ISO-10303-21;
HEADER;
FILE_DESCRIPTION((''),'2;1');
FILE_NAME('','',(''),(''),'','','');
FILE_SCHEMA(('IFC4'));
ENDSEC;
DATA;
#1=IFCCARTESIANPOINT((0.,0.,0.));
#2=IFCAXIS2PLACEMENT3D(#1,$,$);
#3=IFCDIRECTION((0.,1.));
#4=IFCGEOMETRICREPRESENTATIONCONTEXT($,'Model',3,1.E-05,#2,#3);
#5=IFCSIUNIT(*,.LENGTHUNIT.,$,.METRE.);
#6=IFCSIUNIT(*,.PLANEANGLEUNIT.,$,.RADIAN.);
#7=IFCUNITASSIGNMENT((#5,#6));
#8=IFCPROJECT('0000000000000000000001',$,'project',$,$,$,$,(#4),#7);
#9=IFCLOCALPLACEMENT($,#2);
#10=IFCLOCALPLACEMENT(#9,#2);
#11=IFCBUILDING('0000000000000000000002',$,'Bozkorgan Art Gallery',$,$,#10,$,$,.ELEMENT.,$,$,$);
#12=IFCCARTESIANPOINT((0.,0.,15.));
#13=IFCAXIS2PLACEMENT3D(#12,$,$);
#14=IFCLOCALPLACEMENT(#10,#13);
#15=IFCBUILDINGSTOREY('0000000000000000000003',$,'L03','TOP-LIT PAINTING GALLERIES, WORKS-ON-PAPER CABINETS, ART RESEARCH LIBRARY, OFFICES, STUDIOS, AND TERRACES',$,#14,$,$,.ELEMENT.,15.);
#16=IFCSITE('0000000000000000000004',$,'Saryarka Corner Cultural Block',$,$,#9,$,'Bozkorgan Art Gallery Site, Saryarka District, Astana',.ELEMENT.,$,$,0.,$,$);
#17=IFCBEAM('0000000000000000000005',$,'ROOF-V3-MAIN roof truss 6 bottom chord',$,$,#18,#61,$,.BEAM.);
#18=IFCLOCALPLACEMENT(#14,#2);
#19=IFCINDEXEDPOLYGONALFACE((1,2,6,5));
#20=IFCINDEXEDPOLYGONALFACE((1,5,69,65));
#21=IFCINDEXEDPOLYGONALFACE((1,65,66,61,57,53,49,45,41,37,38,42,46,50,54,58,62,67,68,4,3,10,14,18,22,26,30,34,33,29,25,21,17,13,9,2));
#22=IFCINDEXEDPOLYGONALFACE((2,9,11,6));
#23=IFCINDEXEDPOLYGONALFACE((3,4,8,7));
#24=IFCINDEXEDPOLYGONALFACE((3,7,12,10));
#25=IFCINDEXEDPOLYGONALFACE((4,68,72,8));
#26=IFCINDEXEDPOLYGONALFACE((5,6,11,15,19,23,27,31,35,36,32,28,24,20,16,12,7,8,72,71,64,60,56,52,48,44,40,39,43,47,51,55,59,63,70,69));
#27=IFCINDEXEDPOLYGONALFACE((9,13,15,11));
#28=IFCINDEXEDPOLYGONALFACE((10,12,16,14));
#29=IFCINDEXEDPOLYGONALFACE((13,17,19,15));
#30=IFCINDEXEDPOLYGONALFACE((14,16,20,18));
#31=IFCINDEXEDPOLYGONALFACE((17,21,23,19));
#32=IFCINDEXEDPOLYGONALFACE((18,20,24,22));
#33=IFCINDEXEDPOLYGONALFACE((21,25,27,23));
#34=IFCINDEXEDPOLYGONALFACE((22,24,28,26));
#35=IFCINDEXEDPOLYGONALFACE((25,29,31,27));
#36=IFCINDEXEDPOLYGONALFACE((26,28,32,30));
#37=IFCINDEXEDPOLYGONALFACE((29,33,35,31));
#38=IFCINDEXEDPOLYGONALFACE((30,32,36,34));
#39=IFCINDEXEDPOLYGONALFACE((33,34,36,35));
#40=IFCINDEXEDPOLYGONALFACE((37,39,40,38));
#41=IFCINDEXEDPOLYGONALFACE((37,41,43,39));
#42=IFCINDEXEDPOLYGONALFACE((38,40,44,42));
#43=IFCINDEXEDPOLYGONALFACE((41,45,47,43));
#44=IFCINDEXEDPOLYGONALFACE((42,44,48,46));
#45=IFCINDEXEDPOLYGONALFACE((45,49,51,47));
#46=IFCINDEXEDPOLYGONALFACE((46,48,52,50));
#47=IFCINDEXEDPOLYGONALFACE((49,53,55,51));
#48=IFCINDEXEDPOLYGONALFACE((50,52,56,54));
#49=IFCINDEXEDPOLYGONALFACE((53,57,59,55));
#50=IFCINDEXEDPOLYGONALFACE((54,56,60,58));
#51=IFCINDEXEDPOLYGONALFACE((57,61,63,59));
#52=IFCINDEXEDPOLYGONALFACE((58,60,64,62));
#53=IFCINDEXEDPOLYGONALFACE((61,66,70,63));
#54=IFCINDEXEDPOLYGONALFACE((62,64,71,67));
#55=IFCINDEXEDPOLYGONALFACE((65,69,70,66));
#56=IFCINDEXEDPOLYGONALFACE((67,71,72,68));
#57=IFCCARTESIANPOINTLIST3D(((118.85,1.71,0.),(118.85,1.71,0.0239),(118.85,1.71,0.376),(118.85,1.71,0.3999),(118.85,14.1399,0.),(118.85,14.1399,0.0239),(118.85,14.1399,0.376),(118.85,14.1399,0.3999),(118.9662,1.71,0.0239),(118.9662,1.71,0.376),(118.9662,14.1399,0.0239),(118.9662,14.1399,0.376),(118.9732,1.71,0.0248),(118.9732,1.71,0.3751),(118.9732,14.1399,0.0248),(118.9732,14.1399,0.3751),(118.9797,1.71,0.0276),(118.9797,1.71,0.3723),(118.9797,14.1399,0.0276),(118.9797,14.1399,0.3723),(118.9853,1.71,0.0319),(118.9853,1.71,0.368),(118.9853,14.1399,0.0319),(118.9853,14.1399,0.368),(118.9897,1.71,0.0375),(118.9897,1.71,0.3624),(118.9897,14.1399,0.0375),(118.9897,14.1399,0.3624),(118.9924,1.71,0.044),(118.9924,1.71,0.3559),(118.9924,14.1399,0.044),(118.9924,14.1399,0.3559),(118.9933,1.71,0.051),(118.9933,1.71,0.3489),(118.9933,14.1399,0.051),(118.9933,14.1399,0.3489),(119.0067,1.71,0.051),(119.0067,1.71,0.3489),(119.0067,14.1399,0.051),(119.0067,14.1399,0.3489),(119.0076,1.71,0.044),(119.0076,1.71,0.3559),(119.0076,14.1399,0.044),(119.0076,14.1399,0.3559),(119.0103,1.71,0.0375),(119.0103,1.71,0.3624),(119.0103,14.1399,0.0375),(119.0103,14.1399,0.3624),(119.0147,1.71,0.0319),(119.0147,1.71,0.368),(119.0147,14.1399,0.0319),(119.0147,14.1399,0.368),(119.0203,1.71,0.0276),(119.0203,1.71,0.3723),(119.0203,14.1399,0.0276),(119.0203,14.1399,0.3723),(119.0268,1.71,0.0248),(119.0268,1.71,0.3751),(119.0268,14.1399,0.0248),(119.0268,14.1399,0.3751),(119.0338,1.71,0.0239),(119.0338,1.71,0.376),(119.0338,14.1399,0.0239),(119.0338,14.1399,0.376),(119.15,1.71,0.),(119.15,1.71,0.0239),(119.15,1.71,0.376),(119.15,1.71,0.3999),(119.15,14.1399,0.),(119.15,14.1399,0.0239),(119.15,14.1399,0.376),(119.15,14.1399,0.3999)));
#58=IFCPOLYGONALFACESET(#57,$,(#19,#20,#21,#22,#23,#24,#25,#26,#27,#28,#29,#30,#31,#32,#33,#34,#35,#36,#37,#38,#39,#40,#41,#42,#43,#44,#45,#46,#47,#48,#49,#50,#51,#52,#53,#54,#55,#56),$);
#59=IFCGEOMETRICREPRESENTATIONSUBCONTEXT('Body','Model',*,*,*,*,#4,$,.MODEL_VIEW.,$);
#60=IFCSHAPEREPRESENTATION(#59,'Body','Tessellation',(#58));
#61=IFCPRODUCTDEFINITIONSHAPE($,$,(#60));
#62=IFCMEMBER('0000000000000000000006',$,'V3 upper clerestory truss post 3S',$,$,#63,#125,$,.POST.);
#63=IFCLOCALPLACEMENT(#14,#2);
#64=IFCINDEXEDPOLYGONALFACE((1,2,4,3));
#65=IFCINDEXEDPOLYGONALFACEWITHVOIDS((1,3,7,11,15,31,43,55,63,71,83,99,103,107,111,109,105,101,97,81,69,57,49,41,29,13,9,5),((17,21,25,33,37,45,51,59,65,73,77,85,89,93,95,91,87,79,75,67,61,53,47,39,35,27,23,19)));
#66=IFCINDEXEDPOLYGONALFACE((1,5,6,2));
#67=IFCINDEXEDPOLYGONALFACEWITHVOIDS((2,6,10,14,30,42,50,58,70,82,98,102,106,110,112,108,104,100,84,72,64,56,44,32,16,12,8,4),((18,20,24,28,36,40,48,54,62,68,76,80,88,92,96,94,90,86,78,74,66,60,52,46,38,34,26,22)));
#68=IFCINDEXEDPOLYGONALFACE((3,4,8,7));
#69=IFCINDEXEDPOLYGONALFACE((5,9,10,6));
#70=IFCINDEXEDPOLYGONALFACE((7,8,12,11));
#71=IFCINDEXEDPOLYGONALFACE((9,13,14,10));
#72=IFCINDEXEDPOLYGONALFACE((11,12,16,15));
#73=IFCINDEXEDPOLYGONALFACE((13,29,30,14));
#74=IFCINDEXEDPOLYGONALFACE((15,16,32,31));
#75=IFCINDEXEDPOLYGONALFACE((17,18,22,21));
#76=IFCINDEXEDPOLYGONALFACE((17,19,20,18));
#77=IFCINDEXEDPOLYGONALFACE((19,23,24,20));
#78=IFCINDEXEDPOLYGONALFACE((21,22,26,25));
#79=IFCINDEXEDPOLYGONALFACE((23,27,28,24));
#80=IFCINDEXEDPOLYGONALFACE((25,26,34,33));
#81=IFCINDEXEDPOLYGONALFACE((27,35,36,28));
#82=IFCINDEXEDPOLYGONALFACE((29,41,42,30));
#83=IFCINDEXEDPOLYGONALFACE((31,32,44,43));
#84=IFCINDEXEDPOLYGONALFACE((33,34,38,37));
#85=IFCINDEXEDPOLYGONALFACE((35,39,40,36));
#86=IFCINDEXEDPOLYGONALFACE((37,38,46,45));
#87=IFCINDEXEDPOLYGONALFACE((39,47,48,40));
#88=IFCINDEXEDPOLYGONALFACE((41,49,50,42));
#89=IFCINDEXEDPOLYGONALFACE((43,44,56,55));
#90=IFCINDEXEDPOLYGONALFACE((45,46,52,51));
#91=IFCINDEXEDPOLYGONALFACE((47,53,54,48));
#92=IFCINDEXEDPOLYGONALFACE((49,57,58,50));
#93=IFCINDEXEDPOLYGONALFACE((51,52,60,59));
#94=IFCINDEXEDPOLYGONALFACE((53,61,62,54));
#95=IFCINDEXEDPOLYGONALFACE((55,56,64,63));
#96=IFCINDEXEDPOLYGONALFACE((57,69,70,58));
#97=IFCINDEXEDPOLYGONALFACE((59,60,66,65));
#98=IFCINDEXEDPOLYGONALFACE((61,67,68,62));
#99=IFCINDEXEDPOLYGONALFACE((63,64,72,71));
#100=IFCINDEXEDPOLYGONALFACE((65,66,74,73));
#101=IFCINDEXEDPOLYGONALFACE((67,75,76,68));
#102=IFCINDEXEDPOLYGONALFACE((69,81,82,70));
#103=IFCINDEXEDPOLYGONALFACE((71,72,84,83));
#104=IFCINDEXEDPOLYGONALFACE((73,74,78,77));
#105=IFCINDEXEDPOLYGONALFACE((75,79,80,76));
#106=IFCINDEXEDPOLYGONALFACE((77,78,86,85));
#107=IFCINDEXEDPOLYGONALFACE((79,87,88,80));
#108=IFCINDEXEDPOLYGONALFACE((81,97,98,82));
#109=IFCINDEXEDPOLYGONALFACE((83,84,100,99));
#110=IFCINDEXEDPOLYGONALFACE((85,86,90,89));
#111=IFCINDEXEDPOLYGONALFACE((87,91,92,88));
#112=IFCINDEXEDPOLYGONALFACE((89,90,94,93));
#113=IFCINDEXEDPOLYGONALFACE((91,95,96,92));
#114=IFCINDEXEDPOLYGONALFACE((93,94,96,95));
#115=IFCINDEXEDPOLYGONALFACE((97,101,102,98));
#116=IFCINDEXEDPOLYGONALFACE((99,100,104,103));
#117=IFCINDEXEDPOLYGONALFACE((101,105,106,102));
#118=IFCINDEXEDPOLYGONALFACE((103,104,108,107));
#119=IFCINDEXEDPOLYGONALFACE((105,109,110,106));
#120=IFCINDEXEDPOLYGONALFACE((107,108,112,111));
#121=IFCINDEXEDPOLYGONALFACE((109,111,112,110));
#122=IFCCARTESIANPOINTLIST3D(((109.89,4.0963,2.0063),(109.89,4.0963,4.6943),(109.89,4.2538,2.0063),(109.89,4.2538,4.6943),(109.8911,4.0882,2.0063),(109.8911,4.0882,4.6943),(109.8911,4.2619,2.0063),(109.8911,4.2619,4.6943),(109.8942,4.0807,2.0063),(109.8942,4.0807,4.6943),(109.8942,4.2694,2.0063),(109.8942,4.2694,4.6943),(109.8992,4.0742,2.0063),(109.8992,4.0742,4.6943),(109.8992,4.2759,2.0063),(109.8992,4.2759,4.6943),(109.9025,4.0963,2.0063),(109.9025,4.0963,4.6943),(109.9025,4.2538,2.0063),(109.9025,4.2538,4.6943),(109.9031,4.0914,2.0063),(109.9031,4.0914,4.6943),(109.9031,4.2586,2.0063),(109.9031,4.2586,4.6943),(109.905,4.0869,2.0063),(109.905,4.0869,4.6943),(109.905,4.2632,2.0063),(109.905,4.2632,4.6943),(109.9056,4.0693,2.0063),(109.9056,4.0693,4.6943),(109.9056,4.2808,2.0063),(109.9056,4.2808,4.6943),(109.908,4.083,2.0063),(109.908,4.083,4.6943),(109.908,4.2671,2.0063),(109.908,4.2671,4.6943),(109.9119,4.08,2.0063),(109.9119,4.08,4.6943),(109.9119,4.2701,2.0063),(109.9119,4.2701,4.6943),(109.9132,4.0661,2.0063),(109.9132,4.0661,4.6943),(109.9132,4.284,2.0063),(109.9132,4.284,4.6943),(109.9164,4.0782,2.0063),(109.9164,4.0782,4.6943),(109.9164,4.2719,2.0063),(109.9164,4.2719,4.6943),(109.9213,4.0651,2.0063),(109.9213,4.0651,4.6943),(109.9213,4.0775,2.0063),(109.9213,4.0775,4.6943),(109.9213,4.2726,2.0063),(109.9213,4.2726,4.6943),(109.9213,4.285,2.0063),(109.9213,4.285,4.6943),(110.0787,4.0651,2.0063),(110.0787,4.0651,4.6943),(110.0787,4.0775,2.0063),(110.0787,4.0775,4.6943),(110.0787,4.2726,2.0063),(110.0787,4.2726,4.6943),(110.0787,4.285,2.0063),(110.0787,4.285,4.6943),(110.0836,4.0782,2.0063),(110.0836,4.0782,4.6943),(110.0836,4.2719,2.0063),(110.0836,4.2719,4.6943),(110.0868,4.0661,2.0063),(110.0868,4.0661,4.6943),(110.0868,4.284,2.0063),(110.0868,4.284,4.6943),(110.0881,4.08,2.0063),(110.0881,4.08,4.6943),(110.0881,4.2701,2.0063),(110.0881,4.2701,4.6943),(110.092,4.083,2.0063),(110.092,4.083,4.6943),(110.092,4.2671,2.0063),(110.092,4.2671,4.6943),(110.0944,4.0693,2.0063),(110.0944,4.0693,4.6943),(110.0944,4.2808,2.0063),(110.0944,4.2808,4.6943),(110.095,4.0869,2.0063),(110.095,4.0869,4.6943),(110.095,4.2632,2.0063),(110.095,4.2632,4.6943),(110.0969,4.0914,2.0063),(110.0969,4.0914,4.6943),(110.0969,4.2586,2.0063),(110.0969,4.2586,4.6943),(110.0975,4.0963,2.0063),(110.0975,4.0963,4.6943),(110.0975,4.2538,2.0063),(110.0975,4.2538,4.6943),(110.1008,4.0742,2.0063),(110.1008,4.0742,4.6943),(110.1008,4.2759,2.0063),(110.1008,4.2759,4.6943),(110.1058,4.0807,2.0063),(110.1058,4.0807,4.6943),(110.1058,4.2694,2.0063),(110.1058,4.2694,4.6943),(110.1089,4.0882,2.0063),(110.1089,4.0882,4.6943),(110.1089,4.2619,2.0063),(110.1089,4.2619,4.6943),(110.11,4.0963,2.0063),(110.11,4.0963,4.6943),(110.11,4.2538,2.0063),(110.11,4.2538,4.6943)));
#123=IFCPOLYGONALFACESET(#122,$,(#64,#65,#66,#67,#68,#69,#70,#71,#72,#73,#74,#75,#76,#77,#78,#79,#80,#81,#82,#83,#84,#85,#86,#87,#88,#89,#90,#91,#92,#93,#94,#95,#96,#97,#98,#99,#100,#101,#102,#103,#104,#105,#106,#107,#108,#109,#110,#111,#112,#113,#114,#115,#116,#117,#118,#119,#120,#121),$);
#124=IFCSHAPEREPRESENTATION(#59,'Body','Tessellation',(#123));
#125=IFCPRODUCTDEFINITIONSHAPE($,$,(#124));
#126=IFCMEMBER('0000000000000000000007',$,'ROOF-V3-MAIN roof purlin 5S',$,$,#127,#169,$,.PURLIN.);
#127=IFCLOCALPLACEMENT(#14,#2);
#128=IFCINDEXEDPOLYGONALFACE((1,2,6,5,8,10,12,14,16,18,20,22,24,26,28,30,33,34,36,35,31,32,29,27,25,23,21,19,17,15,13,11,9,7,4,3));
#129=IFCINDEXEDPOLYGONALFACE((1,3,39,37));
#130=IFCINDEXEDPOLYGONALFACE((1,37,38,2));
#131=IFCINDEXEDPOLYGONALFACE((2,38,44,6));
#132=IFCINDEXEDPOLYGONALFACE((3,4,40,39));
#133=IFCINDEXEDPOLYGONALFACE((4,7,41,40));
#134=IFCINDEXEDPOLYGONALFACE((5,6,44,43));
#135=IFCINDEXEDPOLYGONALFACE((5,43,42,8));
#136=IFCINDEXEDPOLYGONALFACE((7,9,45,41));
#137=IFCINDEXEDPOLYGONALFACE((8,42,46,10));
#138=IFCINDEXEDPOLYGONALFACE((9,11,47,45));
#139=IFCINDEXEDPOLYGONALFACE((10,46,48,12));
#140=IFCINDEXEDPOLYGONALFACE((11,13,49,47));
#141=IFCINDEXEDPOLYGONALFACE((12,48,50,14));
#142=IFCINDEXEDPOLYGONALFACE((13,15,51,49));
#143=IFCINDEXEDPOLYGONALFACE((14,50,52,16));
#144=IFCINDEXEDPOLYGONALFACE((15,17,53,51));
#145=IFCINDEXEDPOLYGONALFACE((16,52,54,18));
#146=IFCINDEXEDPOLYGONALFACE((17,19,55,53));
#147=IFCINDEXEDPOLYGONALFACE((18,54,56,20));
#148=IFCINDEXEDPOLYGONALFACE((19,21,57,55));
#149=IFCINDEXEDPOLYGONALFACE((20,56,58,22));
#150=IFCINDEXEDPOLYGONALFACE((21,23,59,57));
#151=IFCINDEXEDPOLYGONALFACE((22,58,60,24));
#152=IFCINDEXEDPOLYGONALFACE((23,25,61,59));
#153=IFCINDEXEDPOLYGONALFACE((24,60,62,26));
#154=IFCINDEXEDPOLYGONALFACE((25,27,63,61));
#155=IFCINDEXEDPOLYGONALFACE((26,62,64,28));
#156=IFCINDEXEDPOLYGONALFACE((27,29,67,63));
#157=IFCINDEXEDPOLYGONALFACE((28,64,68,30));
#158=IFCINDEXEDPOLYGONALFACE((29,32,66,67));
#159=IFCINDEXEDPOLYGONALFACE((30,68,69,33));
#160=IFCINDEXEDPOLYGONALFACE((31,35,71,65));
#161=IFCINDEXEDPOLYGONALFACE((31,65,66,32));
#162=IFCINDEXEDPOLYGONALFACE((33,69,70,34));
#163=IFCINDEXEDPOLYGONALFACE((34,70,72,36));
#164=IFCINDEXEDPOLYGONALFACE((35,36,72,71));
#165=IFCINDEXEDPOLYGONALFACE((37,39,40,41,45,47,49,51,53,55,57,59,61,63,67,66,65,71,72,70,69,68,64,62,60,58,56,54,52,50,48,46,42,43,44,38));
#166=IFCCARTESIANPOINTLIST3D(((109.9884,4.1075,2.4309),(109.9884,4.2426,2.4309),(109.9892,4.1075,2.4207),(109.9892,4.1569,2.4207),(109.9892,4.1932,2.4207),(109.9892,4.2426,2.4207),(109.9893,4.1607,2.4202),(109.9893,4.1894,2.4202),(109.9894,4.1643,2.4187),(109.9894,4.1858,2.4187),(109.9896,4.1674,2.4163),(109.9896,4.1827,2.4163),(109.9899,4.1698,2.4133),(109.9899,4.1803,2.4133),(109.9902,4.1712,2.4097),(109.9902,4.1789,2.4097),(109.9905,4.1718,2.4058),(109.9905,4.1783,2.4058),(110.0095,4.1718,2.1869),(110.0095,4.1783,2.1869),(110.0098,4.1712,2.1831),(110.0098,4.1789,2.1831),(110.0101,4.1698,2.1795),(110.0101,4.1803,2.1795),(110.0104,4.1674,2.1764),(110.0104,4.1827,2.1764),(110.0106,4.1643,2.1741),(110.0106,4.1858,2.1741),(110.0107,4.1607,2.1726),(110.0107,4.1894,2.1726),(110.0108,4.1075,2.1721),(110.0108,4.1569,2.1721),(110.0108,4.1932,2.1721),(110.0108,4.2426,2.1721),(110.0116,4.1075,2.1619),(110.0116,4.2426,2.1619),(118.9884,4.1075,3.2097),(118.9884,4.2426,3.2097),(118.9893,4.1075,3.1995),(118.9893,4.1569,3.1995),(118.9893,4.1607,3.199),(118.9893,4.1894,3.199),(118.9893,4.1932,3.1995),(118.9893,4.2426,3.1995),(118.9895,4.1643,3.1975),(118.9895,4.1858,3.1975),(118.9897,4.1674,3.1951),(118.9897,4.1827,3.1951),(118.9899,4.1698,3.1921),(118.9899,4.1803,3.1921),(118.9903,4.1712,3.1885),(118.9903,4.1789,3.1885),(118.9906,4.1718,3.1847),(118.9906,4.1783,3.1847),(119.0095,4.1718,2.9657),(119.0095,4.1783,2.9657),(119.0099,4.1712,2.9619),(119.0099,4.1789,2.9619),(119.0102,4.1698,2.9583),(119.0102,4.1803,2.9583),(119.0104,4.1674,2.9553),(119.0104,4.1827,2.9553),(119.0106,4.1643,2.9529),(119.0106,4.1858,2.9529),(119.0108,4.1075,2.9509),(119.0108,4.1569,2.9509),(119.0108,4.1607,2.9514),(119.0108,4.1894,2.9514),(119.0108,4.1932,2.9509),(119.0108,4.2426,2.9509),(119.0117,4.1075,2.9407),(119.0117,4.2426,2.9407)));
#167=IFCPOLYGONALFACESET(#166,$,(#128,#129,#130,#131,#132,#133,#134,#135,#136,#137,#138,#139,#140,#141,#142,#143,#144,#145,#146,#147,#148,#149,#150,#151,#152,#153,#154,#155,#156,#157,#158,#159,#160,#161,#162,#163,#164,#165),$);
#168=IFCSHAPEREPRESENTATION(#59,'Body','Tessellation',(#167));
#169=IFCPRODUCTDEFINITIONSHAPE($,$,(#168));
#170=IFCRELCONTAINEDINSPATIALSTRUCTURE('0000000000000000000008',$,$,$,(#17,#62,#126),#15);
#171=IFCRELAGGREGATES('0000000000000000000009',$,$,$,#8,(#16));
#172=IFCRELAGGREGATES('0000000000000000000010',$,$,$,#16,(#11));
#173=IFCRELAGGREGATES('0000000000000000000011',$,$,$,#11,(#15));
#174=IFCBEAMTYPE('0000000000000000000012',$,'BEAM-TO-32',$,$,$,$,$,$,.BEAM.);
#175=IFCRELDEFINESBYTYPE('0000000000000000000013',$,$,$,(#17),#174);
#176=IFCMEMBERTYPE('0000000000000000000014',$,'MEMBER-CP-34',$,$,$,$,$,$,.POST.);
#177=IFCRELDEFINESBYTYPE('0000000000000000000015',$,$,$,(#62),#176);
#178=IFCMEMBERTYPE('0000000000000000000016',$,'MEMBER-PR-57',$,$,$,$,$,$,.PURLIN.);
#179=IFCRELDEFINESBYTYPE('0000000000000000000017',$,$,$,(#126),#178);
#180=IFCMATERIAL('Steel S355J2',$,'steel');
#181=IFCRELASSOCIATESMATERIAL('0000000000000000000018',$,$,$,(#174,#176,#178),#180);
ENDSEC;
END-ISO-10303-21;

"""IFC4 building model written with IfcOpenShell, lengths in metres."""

from ifc_helpers import new_model, si_unit, direction, frame, origin, origin_2d, place, context, subcontext, project, spatial, hollow_rectangle, i_section, extrude, material, material_profile, profile_set, type_object, element, save


model = new_model("IFC4")

# Units and contexts
model_context = context("Model", 3, precision=1e-05, world=origin(), true_north=direction((0.0, 1.0)))
body_context = subcontext(model_context, "Body", "Model", "MODEL_VIEW")
ifc_project = project(units=[si_unit("LENGTHUNIT", "METRE"), si_unit("PLANEANGLEUNIT", "RADIAN")], contexts=[model_context])

# Site, building, storey
site_placement = place(None, origin())
site = spatial("IfcSite", under=ifc_project, at=site_placement, Name="Saryarka Corner Cultural Block", LongName="Bozkorgan Art Gallery Site, Saryarka District, Astana", CompositionType="ELEMENT", RefElevation=0.0)
building_placement = place(site_placement, origin())
building = spatial("IfcBuilding", under=site, at=building_placement, Name="Bozkorgan Art Gallery", CompositionType="ELEMENT")
storey_placement = place(building_placement, frame((0.0, 0.0, 15.0)))
storey = spatial("IfcBuildingStorey", under=building, at=storey_placement, Name="L03", Description="TOP-LIT PAINTING GALLERIES, WORKS-ON-PAPER CABINETS, ART RESEARCH LIBRARY, OFFICES, STUDIOS, AND TERRACES", CompositionType="ELEMENT", Elevation=15.0)

# Beam
ifc_material_1 = material(Name="Steel S355J2", Category="steel")
ifc_material_profile_1 = material_profile(ifc_material_1, i_section(OverallWidth=0.3, OverallDepth=0.3999, WebThickness=0.0134, FlangeThickness=0.0239, FilletRadius=0.0271, at=origin_2d()), Name="HEB 400")
ifc_profile_set_1 = profile_set([ifc_material_profile_1], Name="Steel S355J2")
beam_type_1 = type_object("IfcBeamType", Name="BEAM-TO-32", PredefinedType="BEAM", material=ifc_profile_set_1)
for number, where, z_axis, x_axis, name in (
    (1, (119.0, 1.71, 0.2), (0.0, 1.0, 0.0), (-1.0, 0.0, 0.0), "ROOF-V3-MAIN roof truss 6 bottom chord"),
):
    element("IfcBeam", number, at=place(storey_placement, frame(where, z_axis=z_axis, x_axis=x_axis)), inside=storey, type_object=beam_type_1, Name=name, PredefinedType="BEAM", context=body_context, shape_type="SweptSolid", body=[
        extrude(i_section(OverallWidth=0.3, OverallDepth=0.3999, WebThickness=0.0134, FlangeThickness=0.0239, FilletRadius=0.0271, at=origin_2d()), origin(), (0.0, 0.0, 1.0), 12.4299),
    ])

# Members
ifc_material_profile_2 = material_profile(ifc_material_1, hollow_rectangle(XDim=0.22, YDim=0.22, WallThickness=0.0125, InnerFilletRadius=0.0188, OuterFilletRadius=0.0312, at=origin_2d()), Name="SHS 220x220x12.5")
ifc_profile_set_2 = profile_set([ifc_material_profile_2], Name="Steel S355J2")
member_type_1 = type_object("IfcMemberType", Name="MEMBER-CP-34", PredefinedType="POST", material=ifc_profile_set_2)
member_1_placement = place(storey_placement, frame((110.0, 4.175, 2.0063), z_axis=(0.0, 0.0, 1.0), x_axis=(1.0, 0.0, 0.0)))
element("IfcMember", 2, at=member_1_placement, inside=storey, type_object=member_type_1, Name="V3 upper clerestory truss post 3S", PredefinedType="POST", context=body_context, shape_type="SweptSolid", body=[
    extrude(hollow_rectangle(XDim=0.22, YDim=0.22, WallThickness=0.0125, InnerFilletRadius=0.0188, OuterFilletRadius=0.0312, at=origin_2d()), origin(), (0.0, 0.0, 1.0), 2.688),
])
ifc_material_profile_3 = material_profile(ifc_material_1, i_section(OverallWidth=0.135, OverallDepth=0.27, WebThickness=0.0066, FlangeThickness=0.0103, FilletRadius=0.0149, at=origin_2d()), Name="IPE 270")
ifc_profile_set_3 = profile_set([ifc_material_profile_3], Name="Steel S355J2")
member_type_2 = type_object("IfcMemberType", Name="MEMBER-PR-57", PredefinedType="PURLIN", material=ifc_profile_set_3)
member_2_placement = place(storey_placement, frame((110.0, 4.175, 2.2964), z_axis=(0.996277, 0.0, 0.086212), x_axis=(0.0, 1.0, 0.0)))
element("IfcMember", 3, at=member_2_placement, inside=storey, type_object=member_type_2, Name="ROOF-V3-MAIN roof purlin 5S", PredefinedType="PURLIN", context=body_context, shape_type="SweptSolid", body=[
    extrude(i_section(OverallWidth=0.135, OverallDepth=0.27, WebThickness=0.0066, FlangeThickness=0.0103, FilletRadius=0.0149, at=origin_2d()), origin(), (0.0, 0.0, 1.0), 9.0337),
])

save(model, "model.ifc")
